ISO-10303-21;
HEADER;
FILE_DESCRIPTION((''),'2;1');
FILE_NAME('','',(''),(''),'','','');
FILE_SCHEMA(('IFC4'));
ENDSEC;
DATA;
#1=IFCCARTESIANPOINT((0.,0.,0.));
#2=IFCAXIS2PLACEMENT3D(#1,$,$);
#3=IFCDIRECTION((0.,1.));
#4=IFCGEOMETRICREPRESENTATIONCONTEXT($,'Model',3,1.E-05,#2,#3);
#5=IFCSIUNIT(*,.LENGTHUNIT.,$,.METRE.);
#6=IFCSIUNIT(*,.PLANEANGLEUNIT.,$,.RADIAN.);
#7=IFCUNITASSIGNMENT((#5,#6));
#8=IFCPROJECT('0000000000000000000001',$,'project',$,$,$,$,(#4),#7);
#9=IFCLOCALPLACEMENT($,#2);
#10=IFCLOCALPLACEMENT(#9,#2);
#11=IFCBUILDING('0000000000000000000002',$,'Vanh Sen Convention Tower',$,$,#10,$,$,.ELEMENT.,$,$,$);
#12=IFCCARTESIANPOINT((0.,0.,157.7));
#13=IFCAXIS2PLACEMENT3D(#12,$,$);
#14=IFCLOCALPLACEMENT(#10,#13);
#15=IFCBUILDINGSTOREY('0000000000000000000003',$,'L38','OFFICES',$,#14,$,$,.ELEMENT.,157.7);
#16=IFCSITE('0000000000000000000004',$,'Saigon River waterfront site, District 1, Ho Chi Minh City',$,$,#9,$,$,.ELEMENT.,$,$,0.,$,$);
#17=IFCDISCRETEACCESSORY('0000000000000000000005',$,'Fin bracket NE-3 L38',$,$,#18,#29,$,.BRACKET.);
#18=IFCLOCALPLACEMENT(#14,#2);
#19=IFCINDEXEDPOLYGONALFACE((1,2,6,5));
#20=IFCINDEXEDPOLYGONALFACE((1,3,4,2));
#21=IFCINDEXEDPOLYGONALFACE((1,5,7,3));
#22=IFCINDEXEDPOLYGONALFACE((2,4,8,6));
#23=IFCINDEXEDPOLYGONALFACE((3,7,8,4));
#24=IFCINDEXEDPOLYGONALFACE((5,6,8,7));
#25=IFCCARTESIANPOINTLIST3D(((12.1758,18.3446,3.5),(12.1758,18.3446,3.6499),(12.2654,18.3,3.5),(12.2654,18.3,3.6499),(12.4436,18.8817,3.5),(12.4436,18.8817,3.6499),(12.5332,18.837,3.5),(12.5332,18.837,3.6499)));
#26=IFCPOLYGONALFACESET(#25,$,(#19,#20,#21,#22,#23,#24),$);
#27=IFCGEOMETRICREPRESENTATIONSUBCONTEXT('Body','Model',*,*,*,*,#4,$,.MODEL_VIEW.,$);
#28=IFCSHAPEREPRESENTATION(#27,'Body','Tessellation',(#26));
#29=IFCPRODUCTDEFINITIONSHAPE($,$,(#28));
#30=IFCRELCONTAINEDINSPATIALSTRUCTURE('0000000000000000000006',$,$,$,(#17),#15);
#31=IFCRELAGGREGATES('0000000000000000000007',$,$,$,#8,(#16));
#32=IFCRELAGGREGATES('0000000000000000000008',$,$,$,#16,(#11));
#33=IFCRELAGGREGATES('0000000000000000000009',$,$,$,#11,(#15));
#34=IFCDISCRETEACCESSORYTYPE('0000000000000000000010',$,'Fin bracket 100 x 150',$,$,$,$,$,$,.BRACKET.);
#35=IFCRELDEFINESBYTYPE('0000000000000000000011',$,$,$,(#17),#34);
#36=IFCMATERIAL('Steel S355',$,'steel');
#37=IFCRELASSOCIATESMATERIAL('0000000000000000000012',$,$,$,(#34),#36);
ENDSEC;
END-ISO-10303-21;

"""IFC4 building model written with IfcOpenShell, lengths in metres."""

from ifc_helpers import new_model, si_unit, direction, frame, origin, origin_2d, place, context, subcontext, project, spatial, rectangle, extrude, material, type_object, element, save


model = new_model("IFC4")

# Units and contexts
model_context = context("Model", 3, precision=1e-05, world=origin(), true_north=direction((0.0, 1.0)))
body_context = subcontext(model_context, "Body", "Model", "MODEL_VIEW")
ifc_project = project(units=[si_unit("LENGTHUNIT", "METRE"), si_unit("PLANEANGLEUNIT", "RADIAN")], contexts=[model_context])

# Site, building, storey
site_placement = place(None, origin())
site = spatial("IfcSite", under=ifc_project, at=site_placement, Name="Saigon River waterfront site, District 1, Ho Chi Minh City", CompositionType="ELEMENT", RefElevation=0.0)
building_placement = place(site_placement, origin())
building = spatial("IfcBuilding", under=site, at=building_placement, Name="Vanh Sen Convention Tower", CompositionType="ELEMENT")
storey_placement = place(building_placement, frame((0.0, 0.0, 157.7)))
storey = spatial("IfcBuildingStorey", under=building, at=storey_placement, Name="L38", Description="OFFICES", CompositionType="ELEMENT", Elevation=157.7)

# Discrete accessory
ifc_material_1 = material(Name="Steel S355", Category="steel")
discrete_accessory_type = type_object("IfcDiscreteAccessoryType", Name="Fin bracket 100 x 150", PredefinedType="BRACKET", material=ifc_material_1)
for number, where, z_axis, x_axis, name in (
    (1, (12.3545, 18.5908, 3.5), (0.0, 0.0, 1.0), (0.446198, 0.894934, 0.0), "Fin bracket NE-3 L38"),
):
    element("IfcDiscreteAccessory", number, at=place(storey_placement, frame(where, z_axis=z_axis, x_axis=x_axis)), inside=storey, type_object=discrete_accessory_type, Name=name, PredefinedType="BRACKET", context=body_context, shape_type="SweptSolid", body=[
        extrude(rectangle(XDim=0.6001, YDim=0.1001, at=origin_2d()), origin(), (0.0, 0.0, 1.0), 0.1499),
    ])

save(model, "model.ifc")
